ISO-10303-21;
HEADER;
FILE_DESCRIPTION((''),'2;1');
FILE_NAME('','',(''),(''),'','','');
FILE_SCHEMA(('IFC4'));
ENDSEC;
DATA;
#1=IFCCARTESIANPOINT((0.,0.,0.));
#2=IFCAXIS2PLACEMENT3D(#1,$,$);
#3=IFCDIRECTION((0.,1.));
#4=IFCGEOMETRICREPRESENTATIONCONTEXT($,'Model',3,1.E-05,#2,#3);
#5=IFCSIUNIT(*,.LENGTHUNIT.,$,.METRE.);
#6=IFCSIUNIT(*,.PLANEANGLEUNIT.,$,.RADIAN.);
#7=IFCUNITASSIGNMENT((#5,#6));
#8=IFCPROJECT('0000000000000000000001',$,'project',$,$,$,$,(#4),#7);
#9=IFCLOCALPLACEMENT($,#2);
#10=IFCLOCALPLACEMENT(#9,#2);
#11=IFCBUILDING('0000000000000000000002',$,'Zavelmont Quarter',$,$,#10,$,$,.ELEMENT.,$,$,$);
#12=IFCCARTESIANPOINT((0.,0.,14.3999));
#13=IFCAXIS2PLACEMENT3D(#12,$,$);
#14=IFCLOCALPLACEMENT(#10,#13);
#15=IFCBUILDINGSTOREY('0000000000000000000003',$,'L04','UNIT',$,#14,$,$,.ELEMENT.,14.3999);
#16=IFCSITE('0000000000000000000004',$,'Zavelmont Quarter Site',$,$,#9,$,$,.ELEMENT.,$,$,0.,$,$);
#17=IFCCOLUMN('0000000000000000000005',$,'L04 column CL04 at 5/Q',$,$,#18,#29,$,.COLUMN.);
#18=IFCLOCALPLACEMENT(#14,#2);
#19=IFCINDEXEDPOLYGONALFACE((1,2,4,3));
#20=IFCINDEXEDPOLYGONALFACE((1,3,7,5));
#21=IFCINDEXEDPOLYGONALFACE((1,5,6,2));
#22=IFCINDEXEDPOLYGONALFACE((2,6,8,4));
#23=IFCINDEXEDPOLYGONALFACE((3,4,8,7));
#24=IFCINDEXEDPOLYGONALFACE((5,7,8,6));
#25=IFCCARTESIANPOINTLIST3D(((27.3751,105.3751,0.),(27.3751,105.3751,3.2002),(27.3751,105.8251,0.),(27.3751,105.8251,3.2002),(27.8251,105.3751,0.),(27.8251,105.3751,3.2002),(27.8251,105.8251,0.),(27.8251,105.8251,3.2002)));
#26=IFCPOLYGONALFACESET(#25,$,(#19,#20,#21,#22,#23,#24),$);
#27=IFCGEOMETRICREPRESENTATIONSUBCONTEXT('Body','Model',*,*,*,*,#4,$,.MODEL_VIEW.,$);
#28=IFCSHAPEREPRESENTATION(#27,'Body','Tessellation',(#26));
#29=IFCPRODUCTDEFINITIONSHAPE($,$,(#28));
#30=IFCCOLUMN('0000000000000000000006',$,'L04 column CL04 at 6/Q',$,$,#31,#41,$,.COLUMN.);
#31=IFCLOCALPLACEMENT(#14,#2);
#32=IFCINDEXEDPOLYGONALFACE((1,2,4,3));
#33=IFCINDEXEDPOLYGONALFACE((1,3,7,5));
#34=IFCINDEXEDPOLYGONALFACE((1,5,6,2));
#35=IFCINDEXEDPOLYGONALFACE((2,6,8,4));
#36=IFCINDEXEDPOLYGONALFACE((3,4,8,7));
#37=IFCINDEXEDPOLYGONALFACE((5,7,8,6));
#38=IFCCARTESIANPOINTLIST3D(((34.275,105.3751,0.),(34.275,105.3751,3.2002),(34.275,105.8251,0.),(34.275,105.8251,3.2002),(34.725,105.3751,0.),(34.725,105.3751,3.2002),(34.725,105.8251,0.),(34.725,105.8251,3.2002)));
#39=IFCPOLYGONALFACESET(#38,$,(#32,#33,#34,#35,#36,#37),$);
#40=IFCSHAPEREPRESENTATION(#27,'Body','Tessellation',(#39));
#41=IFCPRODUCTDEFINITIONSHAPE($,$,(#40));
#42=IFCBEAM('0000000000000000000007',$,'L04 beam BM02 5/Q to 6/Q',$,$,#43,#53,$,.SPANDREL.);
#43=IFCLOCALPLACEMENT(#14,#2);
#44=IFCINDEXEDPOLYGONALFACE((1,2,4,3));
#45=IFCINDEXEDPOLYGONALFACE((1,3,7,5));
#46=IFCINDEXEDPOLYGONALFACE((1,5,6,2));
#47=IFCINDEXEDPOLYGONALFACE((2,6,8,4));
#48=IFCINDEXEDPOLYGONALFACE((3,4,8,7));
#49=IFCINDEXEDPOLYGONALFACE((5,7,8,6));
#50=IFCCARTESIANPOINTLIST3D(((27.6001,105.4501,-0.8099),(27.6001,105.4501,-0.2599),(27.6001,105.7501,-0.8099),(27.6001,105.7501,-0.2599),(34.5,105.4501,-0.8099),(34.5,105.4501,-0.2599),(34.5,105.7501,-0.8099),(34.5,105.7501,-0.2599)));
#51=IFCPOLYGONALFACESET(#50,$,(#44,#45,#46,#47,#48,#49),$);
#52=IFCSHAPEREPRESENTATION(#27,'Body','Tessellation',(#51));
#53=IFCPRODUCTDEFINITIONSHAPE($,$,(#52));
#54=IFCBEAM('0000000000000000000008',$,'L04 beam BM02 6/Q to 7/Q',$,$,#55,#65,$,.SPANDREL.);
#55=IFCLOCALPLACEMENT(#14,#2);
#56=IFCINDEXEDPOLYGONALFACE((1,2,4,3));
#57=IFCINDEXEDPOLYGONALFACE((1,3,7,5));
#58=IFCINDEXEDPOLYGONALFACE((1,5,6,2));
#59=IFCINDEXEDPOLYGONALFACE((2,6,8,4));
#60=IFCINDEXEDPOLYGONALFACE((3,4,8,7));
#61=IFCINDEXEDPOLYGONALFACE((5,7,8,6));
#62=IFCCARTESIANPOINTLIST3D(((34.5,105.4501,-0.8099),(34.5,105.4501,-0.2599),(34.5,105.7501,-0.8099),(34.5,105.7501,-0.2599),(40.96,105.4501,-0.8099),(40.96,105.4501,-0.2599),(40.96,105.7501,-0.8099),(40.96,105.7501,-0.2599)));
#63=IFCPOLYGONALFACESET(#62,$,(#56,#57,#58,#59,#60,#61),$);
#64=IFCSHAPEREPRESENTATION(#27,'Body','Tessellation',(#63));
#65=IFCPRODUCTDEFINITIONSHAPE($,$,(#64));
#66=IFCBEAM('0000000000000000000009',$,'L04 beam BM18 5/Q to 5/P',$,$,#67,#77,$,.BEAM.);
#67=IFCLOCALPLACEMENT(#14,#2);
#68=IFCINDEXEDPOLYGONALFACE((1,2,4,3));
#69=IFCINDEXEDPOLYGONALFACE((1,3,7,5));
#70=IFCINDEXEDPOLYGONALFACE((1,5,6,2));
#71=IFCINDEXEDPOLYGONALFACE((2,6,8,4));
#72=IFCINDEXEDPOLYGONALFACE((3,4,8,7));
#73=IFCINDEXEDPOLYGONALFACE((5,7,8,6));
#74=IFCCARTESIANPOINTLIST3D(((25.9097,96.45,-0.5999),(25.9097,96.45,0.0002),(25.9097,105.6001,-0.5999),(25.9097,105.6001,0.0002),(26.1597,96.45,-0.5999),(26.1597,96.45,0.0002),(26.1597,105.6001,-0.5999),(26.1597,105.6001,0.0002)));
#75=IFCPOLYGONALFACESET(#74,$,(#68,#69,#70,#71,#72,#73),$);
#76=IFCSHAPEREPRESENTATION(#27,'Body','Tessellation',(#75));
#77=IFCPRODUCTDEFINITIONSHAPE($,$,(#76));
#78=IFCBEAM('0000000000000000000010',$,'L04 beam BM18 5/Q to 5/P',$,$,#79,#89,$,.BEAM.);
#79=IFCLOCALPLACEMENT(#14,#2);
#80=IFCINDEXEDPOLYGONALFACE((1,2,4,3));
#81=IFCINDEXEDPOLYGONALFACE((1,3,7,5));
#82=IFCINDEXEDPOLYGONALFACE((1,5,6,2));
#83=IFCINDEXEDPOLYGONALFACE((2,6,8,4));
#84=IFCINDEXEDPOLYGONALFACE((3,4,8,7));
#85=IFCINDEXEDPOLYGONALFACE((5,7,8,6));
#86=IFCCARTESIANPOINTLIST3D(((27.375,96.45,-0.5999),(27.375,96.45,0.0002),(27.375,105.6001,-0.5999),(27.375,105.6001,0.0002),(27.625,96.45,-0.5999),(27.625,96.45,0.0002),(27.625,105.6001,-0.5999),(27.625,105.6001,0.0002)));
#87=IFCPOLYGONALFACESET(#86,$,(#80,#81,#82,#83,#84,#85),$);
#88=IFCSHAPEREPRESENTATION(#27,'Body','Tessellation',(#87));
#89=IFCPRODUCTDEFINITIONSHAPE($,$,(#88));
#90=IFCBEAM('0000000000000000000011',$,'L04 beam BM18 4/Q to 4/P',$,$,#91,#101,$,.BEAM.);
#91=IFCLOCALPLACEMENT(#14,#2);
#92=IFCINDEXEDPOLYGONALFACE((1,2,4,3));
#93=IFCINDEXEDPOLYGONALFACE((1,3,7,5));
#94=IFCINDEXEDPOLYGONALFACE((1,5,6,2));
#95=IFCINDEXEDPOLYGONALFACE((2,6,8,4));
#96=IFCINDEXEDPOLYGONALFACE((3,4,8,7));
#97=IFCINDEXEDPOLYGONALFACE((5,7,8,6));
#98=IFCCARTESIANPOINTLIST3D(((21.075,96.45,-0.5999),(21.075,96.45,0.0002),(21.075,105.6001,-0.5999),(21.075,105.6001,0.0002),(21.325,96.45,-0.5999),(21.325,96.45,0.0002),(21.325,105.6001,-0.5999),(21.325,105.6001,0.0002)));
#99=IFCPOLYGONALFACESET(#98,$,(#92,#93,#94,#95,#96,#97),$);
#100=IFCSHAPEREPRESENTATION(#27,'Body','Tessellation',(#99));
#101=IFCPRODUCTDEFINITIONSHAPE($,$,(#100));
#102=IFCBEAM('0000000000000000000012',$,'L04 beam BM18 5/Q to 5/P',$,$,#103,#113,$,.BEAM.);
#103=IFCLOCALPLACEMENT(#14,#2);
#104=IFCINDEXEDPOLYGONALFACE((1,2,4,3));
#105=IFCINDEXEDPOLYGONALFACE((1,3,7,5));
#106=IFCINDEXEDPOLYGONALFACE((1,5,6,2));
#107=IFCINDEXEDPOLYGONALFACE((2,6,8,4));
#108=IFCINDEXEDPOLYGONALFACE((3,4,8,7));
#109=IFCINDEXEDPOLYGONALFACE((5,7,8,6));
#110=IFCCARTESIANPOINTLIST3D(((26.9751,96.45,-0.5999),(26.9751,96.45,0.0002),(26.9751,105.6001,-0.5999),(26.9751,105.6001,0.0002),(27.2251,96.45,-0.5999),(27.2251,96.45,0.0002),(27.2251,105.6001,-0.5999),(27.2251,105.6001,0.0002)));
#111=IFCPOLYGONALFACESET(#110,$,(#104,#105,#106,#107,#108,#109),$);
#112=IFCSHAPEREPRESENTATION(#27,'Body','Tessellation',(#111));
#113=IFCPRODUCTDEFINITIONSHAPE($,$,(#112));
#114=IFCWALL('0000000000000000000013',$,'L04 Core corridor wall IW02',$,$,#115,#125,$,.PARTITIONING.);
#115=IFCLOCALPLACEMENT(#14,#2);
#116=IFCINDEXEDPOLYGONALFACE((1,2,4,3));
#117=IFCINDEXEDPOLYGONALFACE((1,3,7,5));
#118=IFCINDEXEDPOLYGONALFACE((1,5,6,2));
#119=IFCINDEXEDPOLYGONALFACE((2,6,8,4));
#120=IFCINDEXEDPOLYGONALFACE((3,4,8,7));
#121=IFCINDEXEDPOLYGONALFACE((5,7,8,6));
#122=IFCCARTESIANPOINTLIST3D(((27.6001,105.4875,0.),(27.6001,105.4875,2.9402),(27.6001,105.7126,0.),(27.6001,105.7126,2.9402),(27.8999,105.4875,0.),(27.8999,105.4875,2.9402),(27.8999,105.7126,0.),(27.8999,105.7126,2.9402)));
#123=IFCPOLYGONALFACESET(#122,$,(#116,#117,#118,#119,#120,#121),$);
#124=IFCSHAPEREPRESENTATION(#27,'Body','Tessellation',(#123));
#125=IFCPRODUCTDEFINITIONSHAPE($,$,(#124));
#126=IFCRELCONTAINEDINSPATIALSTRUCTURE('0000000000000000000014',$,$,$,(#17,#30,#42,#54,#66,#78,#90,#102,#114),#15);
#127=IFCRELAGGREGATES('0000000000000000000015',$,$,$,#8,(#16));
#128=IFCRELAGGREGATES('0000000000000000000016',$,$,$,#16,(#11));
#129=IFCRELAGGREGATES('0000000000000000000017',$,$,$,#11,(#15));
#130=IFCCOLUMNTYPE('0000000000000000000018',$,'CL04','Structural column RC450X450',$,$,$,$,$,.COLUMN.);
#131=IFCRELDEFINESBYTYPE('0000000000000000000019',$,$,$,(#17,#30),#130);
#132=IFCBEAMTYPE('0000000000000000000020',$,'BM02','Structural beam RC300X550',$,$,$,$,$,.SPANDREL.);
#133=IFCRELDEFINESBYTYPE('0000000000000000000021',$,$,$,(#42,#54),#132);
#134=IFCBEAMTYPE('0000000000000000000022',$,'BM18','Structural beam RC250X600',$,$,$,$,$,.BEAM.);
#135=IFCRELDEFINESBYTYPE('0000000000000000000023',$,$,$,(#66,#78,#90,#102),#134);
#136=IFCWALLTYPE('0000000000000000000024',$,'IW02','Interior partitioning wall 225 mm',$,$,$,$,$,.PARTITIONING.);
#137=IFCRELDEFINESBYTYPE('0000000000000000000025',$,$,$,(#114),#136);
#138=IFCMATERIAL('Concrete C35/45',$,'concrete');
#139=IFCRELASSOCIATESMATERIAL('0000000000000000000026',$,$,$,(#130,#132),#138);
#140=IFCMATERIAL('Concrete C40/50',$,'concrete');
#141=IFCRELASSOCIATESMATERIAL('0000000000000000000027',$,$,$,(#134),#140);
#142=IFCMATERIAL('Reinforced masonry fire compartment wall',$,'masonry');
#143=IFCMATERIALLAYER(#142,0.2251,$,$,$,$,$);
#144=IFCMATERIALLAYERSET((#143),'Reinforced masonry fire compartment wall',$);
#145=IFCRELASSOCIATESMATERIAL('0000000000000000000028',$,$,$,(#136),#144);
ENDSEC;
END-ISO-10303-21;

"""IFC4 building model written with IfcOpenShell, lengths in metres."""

from ifc_helpers import new_model, si_unit, direction, frame, frame_2d, origin, origin_2d, place, context, subcontext, project, spatial, rectangle, extrude, material, layer, layer_set, material_profile, profile_set, type_object, element, save


model = new_model("IFC4")

# Units and contexts
model_context = context("Model", 3, precision=1e-05, world=origin(), true_north=direction((0.0, 1.0)))
body_context = subcontext(model_context, "Body", "Model", "MODEL_VIEW")
ifc_project = project(units=[si_unit("LENGTHUNIT", "METRE"), si_unit("PLANEANGLEUNIT", "RADIAN")], contexts=[model_context])

# Site, building, storey
site_placement = place(None, origin())
site = spatial("IfcSite", under=ifc_project, at=site_placement, Name="Zavelmont Quarter Site", CompositionType="ELEMENT", RefElevation=0.0)
building_placement = place(site_placement, origin())
building = spatial("IfcBuilding", under=site, at=building_placement, Name="Zavelmont Quarter", CompositionType="ELEMENT")
storey_placement = place(building_placement, frame((0.0, 0.0, 14.3999)))
storey = spatial("IfcBuildingStorey", under=building, at=storey_placement, Name="L04", Description="UNIT", CompositionType="ELEMENT", Elevation=14.3999)

# Columns
ifc_material_1 = material(Name="Concrete C35/45", Category="concrete")
ifc_material_profile_1 = material_profile(ifc_material_1, rectangle(XDim=0.45, YDim=0.45, at=origin_2d()), Name="RC450X450")
ifc_profile_set_1 = profile_set([ifc_material_profile_1], Name="Concrete C35/45")
column_type = type_object("IfcColumnType", Name="CL04", Description="Structural column RC450X450", PredefinedType="COLUMN", material=ifc_profile_set_1)
for number, where, z_axis, x_axis, name in (
    (1, (27.6001, 105.6001, 0.0), (0.0, 0.0, 1.0), (1.0, 0.0, 0.0), "L04 column CL04 at 5/Q"),
    (2, (34.5, 105.6001, 0.0), (0.0, 0.0, 1.0), (1.0, 0.0, 0.0), "L04 column CL04 at 6/Q"),
):
    element("IfcColumn", number, at=place(storey_placement, frame(where, z_axis=z_axis, x_axis=x_axis)), inside=storey, type_object=column_type, Name=name, PredefinedType="COLUMN", context=body_context, shape_type="SweptSolid", body=[
        extrude(rectangle(XDim=0.45, YDim=0.45, at=origin_2d()), origin(), (0.0, 0.0, 1.0), 3.2002),
    ])

# Beams
ifc_material_profile_2 = material_profile(ifc_material_1, rectangle(XDim=0.3, YDim=0.55, at=origin_2d()), Name="RC300X550")
ifc_profile_set_2 = profile_set([ifc_material_profile_2], Name="Concrete C35/45")
beam_type_1 = type_object("IfcBeamType", Name="BM02", Description="Structural beam RC300X550", PredefinedType="SPANDREL", material=ifc_profile_set_2)
beam_1_placement = place(storey_placement, frame((27.6001, 105.6001, -0.5349), z_axis=(1.0, 0.0, 0.0), x_axis=(0.0, 1.0, 0.0)))
element("IfcBeam", 3, at=beam_1_placement, inside=storey, type_object=beam_type_1, Name="L04 beam BM02 5/Q to 6/Q", PredefinedType="SPANDREL", context=body_context, shape_type="SweptSolid", body=[
    extrude(rectangle(XDim=0.3, YDim=0.55, at=origin_2d()), origin(), (0.0, 0.0, 1.0), 6.8999),
])
beam_2_placement = place(storey_placement, frame((34.5, 105.6001, -0.5349), z_axis=(1.0, 0.0, 0.0), x_axis=(0.0, 1.0, 0.0)))
element("IfcBeam", 4, at=beam_2_placement, inside=storey, type_object=beam_type_1, Name="L04 beam BM02 6/Q to 7/Q", PredefinedType="SPANDREL", context=body_context, shape_type="SweptSolid", body=[
    extrude(rectangle(XDim=0.3, YDim=0.55, at=origin_2d()), origin(), (0.0, 0.0, 1.0), 6.46),
])
ifc_material_2 = material(Name="Concrete C40/50", Category="concrete")
ifc_material_profile_3 = material_profile(ifc_material_2, rectangle(XDim=0.25, YDim=0.6001, at=origin_2d()), Name="RC250X600")
ifc_profile_set_3 = profile_set([ifc_material_profile_3], Name="Concrete C40/50")
beam_type_2 = type_object("IfcBeamType", Name="BM18", Description="Structural beam RC250X600", PredefinedType="BEAM", material=ifc_profile_set_3)
for number, where, z_axis, x_axis, name in (
    (5, (26.0347, 105.6001, -0.2998), (0.0, -1.0, 0.0), (1.0, 0.0, 0.0), "L04 beam BM18 5/Q to 5/P"),
    (6, (27.5, 105.6001, -0.2998), (0.0, -1.0, 0.0), (1.0, 0.0, 0.0), "L04 beam BM18 5/Q to 5/P"),
    (7, (21.2, 105.6001, -0.2998), (0.0, -1.0, 0.0), (1.0, 0.0, 0.0), "L04 beam BM18 4/Q to 4/P"),
    (8, (27.1001, 105.6001, -0.2998), (0.0, -1.0, 0.0), (1.0, 0.0, 0.0), "L04 beam BM18 5/Q to 5/P"),
):
    element("IfcBeam", number, at=place(storey_placement, frame(where, z_axis=z_axis, x_axis=x_axis)), inside=storey, type_object=beam_type_2, Name=name, PredefinedType="BEAM", context=body_context, shape_type="SweptSolid", body=[
        extrude(rectangle(XDim=0.25, YDim=0.6001, at=origin_2d()), origin(), (0.0, 0.0, 1.0), 9.1501),
    ])

# Wall
ifc_material_3 = material(Name="Reinforced masonry fire compartment wall", Category="masonry")
ifc_layer_1 = layer(ifc_material_3, 0.2251)
ifc_layer_set_1 = layer_set([ifc_layer_1], Name="Reinforced masonry fire compartment wall")
wall_type_1 = type_object("IfcWallType", Name="IW02", Description="Interior partitioning wall 225 mm", PredefinedType="PARTITIONING", material=ifc_layer_set_1)
wall_1_placement = place(storey_placement, frame((27.6001, 105.6001, 0.0), z_axis=(0.0, 0.0, 1.0), x_axis=(1.0, 0.0, 0.0)))
element("IfcWall", 9, at=wall_1_placement, inside=storey, type_object=wall_type_1, Name="L04 Core corridor wall IW02", PredefinedType="PARTITIONING", context=body_context, shape_type="SweptSolid", body=[
    extrude(rectangle(XDim=0.2998, YDim=0.2251, at=frame_2d((0.1499, 0.0))), origin(), (0.0, 0.0, 1.0), 2.9402),
])

save(model, "model.ifc")
